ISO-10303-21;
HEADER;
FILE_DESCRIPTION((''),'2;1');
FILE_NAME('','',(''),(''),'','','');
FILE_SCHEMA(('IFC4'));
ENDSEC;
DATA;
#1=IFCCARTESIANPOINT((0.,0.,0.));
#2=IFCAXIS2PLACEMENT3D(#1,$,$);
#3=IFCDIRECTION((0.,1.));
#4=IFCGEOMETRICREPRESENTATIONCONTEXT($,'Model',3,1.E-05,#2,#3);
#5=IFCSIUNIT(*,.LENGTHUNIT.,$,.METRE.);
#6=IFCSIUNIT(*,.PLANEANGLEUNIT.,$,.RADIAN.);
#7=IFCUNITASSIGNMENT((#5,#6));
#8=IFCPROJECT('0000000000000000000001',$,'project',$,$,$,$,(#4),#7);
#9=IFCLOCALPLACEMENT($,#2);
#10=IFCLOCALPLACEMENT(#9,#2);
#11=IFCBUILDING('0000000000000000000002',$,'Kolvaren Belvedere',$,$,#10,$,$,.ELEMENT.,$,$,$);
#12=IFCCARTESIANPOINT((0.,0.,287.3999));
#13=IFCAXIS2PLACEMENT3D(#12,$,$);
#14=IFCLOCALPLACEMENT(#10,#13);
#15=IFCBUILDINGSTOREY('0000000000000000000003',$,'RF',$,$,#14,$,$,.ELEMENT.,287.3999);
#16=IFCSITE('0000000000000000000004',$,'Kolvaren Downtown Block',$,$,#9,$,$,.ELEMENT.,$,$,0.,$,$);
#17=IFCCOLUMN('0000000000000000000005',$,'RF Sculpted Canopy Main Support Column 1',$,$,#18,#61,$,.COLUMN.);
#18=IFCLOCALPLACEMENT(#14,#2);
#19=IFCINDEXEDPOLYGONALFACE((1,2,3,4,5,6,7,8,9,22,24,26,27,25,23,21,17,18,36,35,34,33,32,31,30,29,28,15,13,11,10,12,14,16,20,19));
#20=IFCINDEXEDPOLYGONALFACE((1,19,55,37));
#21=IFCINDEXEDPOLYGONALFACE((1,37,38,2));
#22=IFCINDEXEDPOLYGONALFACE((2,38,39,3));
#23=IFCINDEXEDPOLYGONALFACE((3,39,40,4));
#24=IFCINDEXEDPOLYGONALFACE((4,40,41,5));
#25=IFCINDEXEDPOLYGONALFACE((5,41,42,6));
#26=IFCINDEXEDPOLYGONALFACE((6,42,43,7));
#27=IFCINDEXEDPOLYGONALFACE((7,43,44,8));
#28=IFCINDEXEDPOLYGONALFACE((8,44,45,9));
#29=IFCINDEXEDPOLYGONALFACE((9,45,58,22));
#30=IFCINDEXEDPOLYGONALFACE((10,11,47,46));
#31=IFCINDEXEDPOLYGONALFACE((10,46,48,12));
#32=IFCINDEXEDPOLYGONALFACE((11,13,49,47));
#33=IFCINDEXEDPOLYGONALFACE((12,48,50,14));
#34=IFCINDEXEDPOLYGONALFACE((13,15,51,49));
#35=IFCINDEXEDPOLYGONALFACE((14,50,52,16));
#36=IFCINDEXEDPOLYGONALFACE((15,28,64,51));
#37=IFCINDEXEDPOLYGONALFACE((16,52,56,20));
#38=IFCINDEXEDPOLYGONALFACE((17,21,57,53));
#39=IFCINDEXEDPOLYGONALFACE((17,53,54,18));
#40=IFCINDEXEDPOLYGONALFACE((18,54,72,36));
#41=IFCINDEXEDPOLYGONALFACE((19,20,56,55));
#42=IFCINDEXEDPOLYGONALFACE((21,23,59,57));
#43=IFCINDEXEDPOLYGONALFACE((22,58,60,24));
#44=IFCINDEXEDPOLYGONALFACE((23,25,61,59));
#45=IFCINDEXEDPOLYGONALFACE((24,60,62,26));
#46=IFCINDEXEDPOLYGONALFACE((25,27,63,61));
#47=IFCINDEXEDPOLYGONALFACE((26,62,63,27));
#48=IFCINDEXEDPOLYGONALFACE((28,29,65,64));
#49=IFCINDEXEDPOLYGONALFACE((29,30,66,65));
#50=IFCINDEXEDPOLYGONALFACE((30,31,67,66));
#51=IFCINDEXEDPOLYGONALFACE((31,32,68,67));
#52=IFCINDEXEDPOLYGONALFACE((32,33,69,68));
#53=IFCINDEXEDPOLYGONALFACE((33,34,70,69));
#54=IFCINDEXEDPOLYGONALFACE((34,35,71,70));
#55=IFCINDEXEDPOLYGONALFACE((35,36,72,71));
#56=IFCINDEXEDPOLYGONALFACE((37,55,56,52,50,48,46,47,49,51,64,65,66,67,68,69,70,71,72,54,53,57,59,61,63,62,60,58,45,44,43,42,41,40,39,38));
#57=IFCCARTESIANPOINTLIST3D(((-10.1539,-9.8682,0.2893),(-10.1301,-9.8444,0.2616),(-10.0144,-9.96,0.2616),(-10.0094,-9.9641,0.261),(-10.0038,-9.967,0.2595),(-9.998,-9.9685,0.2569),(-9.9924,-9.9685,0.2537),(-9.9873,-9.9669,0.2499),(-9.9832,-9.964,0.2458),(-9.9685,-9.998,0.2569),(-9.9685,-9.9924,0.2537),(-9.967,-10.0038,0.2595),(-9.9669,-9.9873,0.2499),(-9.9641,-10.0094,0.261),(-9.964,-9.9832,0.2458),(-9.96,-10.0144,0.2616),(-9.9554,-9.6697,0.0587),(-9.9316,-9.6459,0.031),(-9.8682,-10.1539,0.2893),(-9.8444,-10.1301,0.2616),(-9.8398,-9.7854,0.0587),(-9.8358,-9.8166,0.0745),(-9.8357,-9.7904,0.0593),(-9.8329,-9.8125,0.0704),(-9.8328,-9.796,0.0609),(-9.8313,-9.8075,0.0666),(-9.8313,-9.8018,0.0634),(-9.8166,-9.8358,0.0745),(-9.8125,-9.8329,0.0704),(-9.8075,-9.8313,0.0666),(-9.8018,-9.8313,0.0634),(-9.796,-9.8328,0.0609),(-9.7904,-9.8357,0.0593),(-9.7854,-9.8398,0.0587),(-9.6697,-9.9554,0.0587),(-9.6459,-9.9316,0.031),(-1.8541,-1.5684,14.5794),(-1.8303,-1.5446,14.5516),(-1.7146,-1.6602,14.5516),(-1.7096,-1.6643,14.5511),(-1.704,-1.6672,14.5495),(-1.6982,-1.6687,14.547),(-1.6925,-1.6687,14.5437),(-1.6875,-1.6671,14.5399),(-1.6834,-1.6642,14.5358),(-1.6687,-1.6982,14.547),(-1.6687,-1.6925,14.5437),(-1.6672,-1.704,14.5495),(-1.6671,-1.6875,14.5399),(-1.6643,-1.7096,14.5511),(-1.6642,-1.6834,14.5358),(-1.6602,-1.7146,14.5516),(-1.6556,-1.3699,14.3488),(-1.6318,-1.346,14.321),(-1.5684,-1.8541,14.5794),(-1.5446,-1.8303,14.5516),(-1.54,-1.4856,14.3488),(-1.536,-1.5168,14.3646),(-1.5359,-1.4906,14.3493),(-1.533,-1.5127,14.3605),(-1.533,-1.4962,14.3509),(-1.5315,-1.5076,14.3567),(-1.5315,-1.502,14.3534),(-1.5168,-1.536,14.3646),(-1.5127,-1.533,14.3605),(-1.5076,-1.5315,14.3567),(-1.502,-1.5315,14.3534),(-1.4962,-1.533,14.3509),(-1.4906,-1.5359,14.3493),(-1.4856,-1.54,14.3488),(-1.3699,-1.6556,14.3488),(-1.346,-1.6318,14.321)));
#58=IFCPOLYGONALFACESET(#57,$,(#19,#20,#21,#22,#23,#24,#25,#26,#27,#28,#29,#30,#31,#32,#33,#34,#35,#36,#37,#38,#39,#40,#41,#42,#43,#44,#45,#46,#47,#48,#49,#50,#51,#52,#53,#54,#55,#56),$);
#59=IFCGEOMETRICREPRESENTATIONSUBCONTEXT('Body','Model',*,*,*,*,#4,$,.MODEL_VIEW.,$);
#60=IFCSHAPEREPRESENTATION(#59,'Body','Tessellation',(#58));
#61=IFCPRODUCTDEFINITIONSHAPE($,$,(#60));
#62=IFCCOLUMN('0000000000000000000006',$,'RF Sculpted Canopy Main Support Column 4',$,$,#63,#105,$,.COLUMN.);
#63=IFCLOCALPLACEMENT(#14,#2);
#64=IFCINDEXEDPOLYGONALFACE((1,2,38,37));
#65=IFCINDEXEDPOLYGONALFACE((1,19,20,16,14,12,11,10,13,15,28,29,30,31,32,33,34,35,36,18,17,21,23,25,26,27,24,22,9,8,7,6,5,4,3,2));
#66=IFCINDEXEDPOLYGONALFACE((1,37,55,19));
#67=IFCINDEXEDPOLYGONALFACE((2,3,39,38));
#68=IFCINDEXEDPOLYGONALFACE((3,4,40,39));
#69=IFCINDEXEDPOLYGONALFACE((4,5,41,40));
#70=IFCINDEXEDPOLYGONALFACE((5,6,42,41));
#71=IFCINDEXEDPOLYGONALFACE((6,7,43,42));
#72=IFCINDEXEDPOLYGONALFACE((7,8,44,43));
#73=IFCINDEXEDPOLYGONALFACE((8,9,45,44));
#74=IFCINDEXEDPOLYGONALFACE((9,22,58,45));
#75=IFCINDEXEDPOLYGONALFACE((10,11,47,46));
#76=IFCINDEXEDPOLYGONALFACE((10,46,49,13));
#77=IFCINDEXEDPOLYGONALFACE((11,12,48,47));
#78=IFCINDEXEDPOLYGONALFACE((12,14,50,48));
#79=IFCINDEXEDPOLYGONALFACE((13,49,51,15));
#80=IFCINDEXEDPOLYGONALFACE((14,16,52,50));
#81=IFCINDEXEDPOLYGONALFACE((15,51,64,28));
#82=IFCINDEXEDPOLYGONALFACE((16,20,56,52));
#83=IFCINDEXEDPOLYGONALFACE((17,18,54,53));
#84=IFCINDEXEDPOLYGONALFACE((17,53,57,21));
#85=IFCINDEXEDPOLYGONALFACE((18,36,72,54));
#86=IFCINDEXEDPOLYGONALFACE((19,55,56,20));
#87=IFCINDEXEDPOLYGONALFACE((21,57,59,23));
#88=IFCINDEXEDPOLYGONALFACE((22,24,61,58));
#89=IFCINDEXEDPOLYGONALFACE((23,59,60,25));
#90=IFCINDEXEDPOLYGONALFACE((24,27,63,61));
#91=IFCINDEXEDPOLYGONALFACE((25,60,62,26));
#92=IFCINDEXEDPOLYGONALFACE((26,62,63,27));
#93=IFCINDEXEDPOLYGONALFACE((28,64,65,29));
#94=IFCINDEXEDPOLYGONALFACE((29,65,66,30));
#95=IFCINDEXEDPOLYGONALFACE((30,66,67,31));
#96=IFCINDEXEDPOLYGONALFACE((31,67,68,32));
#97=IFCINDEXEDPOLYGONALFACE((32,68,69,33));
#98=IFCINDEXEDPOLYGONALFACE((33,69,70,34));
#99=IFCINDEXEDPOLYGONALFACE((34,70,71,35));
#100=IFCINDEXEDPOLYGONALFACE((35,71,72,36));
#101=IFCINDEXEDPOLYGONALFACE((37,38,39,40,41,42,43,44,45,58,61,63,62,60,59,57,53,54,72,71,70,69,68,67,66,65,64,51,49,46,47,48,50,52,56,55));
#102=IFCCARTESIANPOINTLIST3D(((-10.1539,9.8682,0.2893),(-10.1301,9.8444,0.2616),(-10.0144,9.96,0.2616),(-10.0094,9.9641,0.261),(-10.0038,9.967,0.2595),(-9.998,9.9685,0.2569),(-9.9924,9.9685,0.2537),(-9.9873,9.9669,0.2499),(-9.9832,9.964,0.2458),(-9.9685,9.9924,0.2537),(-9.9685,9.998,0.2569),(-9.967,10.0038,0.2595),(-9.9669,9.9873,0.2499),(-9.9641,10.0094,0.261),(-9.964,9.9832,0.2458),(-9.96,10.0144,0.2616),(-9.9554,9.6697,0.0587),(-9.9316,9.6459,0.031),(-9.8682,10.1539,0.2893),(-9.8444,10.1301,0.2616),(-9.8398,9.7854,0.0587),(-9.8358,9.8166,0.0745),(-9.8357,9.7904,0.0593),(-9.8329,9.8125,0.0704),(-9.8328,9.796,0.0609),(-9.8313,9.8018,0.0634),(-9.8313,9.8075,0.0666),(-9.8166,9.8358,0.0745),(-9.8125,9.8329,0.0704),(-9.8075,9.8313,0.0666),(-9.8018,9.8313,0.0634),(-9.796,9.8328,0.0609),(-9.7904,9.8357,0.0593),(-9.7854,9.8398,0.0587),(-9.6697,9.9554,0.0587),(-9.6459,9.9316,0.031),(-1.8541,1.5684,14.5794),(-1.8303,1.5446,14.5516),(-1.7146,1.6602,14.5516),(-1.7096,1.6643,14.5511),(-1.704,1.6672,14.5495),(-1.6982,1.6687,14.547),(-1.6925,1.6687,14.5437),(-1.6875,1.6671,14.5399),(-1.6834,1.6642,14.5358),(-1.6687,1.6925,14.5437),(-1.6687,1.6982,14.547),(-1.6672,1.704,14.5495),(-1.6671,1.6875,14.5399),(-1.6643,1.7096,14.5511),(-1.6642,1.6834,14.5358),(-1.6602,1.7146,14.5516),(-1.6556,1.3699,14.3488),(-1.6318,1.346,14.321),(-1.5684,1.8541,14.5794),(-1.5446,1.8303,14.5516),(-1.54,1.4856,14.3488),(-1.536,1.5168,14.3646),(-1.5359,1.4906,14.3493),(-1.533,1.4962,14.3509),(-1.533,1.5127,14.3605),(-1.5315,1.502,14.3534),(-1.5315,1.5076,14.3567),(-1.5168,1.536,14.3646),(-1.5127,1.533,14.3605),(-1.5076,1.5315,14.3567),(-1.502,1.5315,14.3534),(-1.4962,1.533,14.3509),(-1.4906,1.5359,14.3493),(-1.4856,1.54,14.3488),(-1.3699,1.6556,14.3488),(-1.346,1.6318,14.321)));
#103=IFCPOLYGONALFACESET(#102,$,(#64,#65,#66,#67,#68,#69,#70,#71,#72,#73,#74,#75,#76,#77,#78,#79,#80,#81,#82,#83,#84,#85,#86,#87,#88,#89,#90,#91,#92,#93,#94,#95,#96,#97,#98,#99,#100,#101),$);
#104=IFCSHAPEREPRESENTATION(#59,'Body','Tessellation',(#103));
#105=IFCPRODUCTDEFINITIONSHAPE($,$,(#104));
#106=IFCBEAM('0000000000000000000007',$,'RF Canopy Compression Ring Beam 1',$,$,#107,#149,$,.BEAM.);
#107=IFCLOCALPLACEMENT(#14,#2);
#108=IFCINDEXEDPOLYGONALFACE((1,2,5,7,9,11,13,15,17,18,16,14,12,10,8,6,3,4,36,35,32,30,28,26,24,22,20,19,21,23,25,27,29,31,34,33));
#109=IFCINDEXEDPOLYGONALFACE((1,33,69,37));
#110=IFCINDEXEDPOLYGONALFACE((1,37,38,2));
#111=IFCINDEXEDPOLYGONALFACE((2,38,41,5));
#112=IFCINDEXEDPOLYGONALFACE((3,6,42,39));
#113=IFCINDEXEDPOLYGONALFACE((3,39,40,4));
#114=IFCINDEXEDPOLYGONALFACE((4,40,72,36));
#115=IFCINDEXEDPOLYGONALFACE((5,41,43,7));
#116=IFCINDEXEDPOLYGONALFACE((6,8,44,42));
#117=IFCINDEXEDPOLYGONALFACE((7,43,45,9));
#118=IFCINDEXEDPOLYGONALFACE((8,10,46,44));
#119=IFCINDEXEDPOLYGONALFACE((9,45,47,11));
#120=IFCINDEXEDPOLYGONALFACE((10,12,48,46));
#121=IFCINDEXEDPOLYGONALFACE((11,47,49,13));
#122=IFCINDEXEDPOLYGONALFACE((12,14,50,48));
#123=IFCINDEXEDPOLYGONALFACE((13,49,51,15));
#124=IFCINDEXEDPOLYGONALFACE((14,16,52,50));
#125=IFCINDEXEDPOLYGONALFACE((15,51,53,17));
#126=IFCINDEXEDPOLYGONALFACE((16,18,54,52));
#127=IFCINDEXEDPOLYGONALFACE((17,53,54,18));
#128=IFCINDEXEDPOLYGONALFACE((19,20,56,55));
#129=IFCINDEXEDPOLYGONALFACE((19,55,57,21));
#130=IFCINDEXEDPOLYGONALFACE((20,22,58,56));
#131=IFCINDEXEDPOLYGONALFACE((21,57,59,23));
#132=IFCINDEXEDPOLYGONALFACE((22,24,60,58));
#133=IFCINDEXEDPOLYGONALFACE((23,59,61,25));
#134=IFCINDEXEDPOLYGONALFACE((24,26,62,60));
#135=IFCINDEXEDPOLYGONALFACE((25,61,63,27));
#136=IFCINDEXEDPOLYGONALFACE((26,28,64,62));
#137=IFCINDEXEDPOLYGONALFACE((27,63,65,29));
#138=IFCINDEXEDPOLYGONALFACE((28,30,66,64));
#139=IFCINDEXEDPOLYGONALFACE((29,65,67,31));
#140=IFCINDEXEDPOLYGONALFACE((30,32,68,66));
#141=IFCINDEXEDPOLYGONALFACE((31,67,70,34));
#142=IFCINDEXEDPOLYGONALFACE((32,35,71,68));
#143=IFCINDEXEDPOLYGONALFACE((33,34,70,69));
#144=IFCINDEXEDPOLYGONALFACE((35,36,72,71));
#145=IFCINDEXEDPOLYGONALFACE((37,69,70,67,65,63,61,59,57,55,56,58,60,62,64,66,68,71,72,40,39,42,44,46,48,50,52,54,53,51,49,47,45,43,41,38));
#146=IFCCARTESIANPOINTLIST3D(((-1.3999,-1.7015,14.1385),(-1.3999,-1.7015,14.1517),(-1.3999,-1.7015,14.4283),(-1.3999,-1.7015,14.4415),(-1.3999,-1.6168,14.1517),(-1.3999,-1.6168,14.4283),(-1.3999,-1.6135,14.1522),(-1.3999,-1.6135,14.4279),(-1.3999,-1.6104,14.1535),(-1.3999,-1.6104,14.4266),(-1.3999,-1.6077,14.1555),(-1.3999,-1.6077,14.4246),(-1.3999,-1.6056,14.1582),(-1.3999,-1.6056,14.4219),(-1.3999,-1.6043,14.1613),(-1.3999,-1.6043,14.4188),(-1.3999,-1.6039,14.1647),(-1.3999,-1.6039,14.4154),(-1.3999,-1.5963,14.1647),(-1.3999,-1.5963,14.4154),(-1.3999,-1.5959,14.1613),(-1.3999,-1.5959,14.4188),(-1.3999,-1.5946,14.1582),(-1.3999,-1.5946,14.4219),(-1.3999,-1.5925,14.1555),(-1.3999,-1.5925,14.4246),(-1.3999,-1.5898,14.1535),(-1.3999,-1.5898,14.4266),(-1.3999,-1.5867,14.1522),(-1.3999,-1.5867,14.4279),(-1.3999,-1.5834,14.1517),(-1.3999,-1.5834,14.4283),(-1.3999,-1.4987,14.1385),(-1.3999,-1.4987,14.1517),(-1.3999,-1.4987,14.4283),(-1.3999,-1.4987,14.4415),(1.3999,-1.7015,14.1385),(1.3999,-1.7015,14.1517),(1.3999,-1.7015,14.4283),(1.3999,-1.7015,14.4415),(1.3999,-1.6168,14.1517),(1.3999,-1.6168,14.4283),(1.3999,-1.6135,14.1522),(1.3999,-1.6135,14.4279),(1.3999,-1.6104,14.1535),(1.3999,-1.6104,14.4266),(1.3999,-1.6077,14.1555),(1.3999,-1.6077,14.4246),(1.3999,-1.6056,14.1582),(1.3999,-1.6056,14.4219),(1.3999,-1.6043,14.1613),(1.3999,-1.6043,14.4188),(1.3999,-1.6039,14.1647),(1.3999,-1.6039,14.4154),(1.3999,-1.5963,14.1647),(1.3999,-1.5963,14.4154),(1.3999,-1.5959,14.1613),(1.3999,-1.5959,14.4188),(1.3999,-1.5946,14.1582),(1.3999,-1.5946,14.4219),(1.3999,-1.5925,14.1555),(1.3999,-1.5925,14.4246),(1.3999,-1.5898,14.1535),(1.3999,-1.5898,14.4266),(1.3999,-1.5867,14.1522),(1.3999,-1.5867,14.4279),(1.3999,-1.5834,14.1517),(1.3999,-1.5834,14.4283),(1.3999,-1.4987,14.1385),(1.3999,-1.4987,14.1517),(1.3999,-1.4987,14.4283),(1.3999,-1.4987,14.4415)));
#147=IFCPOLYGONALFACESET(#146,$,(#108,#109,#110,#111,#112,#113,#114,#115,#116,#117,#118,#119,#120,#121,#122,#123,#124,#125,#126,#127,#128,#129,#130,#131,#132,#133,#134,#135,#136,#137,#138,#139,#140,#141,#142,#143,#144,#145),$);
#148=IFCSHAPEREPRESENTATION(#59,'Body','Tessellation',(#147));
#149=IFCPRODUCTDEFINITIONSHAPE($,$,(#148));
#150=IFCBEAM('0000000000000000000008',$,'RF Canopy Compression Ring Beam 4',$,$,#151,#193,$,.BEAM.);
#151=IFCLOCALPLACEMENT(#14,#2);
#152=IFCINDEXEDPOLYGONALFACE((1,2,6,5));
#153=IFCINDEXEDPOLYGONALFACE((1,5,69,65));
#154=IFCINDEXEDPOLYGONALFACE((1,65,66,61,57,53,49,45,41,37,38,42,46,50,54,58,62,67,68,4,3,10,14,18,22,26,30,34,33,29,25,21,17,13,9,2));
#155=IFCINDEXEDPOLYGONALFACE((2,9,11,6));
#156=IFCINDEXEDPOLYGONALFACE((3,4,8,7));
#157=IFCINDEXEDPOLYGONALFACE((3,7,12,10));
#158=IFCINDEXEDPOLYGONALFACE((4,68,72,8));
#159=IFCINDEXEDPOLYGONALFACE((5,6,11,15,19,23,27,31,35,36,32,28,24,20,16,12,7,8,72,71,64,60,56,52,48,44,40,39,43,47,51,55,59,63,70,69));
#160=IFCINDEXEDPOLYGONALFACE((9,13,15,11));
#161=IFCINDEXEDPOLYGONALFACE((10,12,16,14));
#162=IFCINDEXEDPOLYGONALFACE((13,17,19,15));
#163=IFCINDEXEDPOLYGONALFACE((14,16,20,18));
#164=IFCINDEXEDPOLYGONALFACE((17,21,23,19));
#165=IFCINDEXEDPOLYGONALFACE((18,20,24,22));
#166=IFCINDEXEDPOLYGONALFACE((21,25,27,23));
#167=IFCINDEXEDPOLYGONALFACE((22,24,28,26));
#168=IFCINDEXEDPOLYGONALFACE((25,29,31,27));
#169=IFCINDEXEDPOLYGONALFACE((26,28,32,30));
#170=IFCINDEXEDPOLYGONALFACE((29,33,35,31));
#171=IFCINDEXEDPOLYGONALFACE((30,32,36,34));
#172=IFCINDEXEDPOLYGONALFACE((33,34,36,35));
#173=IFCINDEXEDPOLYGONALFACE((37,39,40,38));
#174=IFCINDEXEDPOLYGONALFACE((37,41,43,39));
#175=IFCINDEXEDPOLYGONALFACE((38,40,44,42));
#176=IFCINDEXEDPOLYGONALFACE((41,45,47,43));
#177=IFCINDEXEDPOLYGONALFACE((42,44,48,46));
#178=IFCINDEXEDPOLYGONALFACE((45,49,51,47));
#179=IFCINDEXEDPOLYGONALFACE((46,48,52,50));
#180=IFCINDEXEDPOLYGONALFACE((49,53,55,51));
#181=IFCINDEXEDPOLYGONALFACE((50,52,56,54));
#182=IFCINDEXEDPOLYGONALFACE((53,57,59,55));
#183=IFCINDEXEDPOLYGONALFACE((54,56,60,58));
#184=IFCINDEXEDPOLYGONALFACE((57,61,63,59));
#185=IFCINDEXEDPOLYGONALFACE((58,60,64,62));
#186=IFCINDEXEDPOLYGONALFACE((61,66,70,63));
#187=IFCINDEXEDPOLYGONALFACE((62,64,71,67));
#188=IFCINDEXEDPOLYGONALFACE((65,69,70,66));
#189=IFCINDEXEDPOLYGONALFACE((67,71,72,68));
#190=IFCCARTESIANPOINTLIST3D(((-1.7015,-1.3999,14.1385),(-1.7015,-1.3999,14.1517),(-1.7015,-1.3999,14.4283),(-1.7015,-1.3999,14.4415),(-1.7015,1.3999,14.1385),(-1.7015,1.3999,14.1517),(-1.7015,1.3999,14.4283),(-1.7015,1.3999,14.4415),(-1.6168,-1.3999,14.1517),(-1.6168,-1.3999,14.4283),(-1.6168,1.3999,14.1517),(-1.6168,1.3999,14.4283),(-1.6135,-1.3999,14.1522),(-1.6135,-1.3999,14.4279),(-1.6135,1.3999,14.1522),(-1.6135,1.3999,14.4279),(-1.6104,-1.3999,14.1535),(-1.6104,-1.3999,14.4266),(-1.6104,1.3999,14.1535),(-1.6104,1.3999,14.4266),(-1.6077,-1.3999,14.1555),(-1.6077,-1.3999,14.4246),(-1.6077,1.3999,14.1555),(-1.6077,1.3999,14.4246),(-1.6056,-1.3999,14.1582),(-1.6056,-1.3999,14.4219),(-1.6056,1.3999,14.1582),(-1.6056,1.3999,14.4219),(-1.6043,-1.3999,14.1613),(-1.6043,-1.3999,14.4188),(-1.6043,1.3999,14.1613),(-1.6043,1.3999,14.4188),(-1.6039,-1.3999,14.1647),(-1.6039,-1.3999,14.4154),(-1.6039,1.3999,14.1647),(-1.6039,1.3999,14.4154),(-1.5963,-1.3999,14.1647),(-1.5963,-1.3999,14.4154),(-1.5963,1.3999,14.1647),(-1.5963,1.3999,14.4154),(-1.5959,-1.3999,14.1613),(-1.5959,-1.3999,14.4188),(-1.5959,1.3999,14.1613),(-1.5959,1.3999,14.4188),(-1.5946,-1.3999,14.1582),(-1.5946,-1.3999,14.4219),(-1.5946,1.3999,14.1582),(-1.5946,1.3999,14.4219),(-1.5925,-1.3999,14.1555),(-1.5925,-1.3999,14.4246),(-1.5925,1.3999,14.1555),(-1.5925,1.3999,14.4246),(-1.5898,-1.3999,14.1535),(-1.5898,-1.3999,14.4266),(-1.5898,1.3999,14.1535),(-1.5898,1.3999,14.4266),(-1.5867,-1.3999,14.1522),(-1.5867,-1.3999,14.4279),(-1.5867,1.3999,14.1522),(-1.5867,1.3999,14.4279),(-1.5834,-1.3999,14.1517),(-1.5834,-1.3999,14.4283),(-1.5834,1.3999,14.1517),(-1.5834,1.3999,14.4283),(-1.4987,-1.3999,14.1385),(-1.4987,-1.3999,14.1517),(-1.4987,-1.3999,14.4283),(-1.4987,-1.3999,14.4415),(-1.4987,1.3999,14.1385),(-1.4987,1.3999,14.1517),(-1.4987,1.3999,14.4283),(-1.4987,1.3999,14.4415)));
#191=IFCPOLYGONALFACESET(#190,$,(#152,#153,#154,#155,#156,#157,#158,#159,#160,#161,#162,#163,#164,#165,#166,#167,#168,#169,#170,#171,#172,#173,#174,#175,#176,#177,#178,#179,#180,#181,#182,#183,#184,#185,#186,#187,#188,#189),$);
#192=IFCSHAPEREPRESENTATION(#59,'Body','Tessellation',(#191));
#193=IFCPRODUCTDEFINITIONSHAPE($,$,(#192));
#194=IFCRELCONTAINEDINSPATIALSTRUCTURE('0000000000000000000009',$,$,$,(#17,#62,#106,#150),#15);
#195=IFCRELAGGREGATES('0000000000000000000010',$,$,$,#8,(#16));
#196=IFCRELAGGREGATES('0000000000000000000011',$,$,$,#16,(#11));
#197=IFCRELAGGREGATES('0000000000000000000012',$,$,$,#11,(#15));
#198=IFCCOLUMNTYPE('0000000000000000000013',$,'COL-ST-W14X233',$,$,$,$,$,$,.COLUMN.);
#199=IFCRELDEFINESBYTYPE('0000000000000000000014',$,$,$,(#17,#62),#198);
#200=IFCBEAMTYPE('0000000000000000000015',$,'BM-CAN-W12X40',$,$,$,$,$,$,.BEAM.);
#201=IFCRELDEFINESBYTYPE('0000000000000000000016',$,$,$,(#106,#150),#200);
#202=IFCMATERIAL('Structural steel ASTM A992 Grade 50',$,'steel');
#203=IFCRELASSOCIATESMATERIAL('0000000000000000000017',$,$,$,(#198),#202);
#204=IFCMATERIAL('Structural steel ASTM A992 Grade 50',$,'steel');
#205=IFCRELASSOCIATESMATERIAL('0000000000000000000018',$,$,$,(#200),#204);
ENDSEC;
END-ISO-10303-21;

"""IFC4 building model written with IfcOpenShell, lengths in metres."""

from ifc_helpers import new_model, si_unit, direction, frame, origin, origin_2d, place, context, subcontext, project, spatial, i_section, extrude, material, material_profile, profile_set, type_object, element, save


model = new_model("IFC4")

# Units and contexts
model_context = context("Model", 3, precision=1e-05, world=origin(), true_north=direction((0.0, 1.0)))
body_context = subcontext(model_context, "Body", "Model", "MODEL_VIEW")
ifc_project = project(units=[si_unit("LENGTHUNIT", "METRE"), si_unit("PLANEANGLEUNIT", "RADIAN")], contexts=[model_context])

# Site, building, storey
site_placement = place(None, origin())
site = spatial("IfcSite", under=ifc_project, at=site_placement, Name="Kolvaren Downtown Block", CompositionType="ELEMENT", RefElevation=0.0)
building_placement = place(site_placement, origin())
building = spatial("IfcBuilding", under=site, at=building_placement, Name="Kolvaren Belvedere", CompositionType="ELEMENT")
storey_placement = place(building_placement, frame((0.0, 0.0, 287.3999)))
storey = spatial("IfcBuildingStorey", under=building, at=storey_placement, Name="RF", CompositionType="ELEMENT", Elevation=287.3999)

# Columns
ifc_material_1 = material(Name="Structural steel ASTM A992 Grade 50", Category="steel")
ifc_material_profile_1 = material_profile(ifc_material_1, i_section(OverallWidth=0.4041, OverallDepth=0.407, WebThickness=0.0271, FlangeThickness=0.0437, FilletRadius=0.0249, at=origin_2d()), Name="W14X233")
ifc_profile_set_1 = profile_set([ifc_material_profile_1], Name="Structural steel ASTM A992 Grade 50")
column_type_1 = type_object("IfcColumnType", Name="COL-ST-W14X233", PredefinedType="COLUMN", material=ifc_profile_set_1)
for number, where, z_axis, x_axis, name in (
    (1, (-9.8999, -9.8999, 0.1602), (0.448816, 0.448816, 0.772741), (-0.707107, 0.707107, 0.0), "RF Sculpted Canopy Main Support Column 1"),
    (2, (-9.8999, 9.8999, 0.1602), (0.448816, -0.448816, 0.772741), (0.707107, 0.707107, 0.0), "RF Sculpted Canopy Main Support Column 4"),
):
    element("IfcColumn", number, at=place(storey_placement, frame(where, z_axis=z_axis, x_axis=x_axis)), inside=storey, type_object=column_type_1, Name=name, PredefinedType="COLUMN", context=body_context, shape_type="SweptSolid", body=[
        extrude(i_section(OverallWidth=0.4041, OverallDepth=0.407, WebThickness=0.0271, FlangeThickness=0.0437, FilletRadius=0.0249, at=origin_2d()), origin(), (0.0, 0.0, 1.0), 18.4927),
    ])

# Beams
ifc_material_2 = material(Name="Structural steel ASTM A992 Grade 50", Category="steel")
ifc_material_profile_2 = material_profile(ifc_material_2, i_section(OverallWidth=0.2029, OverallDepth=0.303, WebThickness=0.0076, FlangeThickness=0.0132, FilletRadius=0.0129, at=origin_2d()), Name="W12X40")
ifc_profile_set_2 = profile_set([ifc_material_profile_2], Name="Structural steel ASTM A992 Grade 50")
beam_type_1 = type_object("IfcBeamType", Name="BM-CAN-W12X40", PredefinedType="BEAM", material=ifc_profile_set_2)
for number, where, z_axis, x_axis, name in (
    (3, (-1.3999, -1.6001, 14.29), (1.0, 0.0, 0.0), (0.0, 1.0, 0.0), "RF Canopy Compression Ring Beam 1"),
    (4, (-1.6001, 1.3999, 14.29), (0.0, -1.0, 0.0), (1.0, 0.0, 0.0), "RF Canopy Compression Ring Beam 4"),
):
    element("IfcBeam", number, at=place(storey_placement, frame(where, z_axis=z_axis, x_axis=x_axis)), inside=storey, type_object=beam_type_1, Name=name, PredefinedType="BEAM", context=body_context, shape_type="SweptSolid", body=[
        extrude(i_section(OverallWidth=0.2029, OverallDepth=0.303, WebThickness=0.0076, FlangeThickness=0.0132, FilletRadius=0.0129, at=origin_2d()), origin(), (0.0, 0.0, 1.0), 2.7998),
    ])

save(model, "model.ifc")
